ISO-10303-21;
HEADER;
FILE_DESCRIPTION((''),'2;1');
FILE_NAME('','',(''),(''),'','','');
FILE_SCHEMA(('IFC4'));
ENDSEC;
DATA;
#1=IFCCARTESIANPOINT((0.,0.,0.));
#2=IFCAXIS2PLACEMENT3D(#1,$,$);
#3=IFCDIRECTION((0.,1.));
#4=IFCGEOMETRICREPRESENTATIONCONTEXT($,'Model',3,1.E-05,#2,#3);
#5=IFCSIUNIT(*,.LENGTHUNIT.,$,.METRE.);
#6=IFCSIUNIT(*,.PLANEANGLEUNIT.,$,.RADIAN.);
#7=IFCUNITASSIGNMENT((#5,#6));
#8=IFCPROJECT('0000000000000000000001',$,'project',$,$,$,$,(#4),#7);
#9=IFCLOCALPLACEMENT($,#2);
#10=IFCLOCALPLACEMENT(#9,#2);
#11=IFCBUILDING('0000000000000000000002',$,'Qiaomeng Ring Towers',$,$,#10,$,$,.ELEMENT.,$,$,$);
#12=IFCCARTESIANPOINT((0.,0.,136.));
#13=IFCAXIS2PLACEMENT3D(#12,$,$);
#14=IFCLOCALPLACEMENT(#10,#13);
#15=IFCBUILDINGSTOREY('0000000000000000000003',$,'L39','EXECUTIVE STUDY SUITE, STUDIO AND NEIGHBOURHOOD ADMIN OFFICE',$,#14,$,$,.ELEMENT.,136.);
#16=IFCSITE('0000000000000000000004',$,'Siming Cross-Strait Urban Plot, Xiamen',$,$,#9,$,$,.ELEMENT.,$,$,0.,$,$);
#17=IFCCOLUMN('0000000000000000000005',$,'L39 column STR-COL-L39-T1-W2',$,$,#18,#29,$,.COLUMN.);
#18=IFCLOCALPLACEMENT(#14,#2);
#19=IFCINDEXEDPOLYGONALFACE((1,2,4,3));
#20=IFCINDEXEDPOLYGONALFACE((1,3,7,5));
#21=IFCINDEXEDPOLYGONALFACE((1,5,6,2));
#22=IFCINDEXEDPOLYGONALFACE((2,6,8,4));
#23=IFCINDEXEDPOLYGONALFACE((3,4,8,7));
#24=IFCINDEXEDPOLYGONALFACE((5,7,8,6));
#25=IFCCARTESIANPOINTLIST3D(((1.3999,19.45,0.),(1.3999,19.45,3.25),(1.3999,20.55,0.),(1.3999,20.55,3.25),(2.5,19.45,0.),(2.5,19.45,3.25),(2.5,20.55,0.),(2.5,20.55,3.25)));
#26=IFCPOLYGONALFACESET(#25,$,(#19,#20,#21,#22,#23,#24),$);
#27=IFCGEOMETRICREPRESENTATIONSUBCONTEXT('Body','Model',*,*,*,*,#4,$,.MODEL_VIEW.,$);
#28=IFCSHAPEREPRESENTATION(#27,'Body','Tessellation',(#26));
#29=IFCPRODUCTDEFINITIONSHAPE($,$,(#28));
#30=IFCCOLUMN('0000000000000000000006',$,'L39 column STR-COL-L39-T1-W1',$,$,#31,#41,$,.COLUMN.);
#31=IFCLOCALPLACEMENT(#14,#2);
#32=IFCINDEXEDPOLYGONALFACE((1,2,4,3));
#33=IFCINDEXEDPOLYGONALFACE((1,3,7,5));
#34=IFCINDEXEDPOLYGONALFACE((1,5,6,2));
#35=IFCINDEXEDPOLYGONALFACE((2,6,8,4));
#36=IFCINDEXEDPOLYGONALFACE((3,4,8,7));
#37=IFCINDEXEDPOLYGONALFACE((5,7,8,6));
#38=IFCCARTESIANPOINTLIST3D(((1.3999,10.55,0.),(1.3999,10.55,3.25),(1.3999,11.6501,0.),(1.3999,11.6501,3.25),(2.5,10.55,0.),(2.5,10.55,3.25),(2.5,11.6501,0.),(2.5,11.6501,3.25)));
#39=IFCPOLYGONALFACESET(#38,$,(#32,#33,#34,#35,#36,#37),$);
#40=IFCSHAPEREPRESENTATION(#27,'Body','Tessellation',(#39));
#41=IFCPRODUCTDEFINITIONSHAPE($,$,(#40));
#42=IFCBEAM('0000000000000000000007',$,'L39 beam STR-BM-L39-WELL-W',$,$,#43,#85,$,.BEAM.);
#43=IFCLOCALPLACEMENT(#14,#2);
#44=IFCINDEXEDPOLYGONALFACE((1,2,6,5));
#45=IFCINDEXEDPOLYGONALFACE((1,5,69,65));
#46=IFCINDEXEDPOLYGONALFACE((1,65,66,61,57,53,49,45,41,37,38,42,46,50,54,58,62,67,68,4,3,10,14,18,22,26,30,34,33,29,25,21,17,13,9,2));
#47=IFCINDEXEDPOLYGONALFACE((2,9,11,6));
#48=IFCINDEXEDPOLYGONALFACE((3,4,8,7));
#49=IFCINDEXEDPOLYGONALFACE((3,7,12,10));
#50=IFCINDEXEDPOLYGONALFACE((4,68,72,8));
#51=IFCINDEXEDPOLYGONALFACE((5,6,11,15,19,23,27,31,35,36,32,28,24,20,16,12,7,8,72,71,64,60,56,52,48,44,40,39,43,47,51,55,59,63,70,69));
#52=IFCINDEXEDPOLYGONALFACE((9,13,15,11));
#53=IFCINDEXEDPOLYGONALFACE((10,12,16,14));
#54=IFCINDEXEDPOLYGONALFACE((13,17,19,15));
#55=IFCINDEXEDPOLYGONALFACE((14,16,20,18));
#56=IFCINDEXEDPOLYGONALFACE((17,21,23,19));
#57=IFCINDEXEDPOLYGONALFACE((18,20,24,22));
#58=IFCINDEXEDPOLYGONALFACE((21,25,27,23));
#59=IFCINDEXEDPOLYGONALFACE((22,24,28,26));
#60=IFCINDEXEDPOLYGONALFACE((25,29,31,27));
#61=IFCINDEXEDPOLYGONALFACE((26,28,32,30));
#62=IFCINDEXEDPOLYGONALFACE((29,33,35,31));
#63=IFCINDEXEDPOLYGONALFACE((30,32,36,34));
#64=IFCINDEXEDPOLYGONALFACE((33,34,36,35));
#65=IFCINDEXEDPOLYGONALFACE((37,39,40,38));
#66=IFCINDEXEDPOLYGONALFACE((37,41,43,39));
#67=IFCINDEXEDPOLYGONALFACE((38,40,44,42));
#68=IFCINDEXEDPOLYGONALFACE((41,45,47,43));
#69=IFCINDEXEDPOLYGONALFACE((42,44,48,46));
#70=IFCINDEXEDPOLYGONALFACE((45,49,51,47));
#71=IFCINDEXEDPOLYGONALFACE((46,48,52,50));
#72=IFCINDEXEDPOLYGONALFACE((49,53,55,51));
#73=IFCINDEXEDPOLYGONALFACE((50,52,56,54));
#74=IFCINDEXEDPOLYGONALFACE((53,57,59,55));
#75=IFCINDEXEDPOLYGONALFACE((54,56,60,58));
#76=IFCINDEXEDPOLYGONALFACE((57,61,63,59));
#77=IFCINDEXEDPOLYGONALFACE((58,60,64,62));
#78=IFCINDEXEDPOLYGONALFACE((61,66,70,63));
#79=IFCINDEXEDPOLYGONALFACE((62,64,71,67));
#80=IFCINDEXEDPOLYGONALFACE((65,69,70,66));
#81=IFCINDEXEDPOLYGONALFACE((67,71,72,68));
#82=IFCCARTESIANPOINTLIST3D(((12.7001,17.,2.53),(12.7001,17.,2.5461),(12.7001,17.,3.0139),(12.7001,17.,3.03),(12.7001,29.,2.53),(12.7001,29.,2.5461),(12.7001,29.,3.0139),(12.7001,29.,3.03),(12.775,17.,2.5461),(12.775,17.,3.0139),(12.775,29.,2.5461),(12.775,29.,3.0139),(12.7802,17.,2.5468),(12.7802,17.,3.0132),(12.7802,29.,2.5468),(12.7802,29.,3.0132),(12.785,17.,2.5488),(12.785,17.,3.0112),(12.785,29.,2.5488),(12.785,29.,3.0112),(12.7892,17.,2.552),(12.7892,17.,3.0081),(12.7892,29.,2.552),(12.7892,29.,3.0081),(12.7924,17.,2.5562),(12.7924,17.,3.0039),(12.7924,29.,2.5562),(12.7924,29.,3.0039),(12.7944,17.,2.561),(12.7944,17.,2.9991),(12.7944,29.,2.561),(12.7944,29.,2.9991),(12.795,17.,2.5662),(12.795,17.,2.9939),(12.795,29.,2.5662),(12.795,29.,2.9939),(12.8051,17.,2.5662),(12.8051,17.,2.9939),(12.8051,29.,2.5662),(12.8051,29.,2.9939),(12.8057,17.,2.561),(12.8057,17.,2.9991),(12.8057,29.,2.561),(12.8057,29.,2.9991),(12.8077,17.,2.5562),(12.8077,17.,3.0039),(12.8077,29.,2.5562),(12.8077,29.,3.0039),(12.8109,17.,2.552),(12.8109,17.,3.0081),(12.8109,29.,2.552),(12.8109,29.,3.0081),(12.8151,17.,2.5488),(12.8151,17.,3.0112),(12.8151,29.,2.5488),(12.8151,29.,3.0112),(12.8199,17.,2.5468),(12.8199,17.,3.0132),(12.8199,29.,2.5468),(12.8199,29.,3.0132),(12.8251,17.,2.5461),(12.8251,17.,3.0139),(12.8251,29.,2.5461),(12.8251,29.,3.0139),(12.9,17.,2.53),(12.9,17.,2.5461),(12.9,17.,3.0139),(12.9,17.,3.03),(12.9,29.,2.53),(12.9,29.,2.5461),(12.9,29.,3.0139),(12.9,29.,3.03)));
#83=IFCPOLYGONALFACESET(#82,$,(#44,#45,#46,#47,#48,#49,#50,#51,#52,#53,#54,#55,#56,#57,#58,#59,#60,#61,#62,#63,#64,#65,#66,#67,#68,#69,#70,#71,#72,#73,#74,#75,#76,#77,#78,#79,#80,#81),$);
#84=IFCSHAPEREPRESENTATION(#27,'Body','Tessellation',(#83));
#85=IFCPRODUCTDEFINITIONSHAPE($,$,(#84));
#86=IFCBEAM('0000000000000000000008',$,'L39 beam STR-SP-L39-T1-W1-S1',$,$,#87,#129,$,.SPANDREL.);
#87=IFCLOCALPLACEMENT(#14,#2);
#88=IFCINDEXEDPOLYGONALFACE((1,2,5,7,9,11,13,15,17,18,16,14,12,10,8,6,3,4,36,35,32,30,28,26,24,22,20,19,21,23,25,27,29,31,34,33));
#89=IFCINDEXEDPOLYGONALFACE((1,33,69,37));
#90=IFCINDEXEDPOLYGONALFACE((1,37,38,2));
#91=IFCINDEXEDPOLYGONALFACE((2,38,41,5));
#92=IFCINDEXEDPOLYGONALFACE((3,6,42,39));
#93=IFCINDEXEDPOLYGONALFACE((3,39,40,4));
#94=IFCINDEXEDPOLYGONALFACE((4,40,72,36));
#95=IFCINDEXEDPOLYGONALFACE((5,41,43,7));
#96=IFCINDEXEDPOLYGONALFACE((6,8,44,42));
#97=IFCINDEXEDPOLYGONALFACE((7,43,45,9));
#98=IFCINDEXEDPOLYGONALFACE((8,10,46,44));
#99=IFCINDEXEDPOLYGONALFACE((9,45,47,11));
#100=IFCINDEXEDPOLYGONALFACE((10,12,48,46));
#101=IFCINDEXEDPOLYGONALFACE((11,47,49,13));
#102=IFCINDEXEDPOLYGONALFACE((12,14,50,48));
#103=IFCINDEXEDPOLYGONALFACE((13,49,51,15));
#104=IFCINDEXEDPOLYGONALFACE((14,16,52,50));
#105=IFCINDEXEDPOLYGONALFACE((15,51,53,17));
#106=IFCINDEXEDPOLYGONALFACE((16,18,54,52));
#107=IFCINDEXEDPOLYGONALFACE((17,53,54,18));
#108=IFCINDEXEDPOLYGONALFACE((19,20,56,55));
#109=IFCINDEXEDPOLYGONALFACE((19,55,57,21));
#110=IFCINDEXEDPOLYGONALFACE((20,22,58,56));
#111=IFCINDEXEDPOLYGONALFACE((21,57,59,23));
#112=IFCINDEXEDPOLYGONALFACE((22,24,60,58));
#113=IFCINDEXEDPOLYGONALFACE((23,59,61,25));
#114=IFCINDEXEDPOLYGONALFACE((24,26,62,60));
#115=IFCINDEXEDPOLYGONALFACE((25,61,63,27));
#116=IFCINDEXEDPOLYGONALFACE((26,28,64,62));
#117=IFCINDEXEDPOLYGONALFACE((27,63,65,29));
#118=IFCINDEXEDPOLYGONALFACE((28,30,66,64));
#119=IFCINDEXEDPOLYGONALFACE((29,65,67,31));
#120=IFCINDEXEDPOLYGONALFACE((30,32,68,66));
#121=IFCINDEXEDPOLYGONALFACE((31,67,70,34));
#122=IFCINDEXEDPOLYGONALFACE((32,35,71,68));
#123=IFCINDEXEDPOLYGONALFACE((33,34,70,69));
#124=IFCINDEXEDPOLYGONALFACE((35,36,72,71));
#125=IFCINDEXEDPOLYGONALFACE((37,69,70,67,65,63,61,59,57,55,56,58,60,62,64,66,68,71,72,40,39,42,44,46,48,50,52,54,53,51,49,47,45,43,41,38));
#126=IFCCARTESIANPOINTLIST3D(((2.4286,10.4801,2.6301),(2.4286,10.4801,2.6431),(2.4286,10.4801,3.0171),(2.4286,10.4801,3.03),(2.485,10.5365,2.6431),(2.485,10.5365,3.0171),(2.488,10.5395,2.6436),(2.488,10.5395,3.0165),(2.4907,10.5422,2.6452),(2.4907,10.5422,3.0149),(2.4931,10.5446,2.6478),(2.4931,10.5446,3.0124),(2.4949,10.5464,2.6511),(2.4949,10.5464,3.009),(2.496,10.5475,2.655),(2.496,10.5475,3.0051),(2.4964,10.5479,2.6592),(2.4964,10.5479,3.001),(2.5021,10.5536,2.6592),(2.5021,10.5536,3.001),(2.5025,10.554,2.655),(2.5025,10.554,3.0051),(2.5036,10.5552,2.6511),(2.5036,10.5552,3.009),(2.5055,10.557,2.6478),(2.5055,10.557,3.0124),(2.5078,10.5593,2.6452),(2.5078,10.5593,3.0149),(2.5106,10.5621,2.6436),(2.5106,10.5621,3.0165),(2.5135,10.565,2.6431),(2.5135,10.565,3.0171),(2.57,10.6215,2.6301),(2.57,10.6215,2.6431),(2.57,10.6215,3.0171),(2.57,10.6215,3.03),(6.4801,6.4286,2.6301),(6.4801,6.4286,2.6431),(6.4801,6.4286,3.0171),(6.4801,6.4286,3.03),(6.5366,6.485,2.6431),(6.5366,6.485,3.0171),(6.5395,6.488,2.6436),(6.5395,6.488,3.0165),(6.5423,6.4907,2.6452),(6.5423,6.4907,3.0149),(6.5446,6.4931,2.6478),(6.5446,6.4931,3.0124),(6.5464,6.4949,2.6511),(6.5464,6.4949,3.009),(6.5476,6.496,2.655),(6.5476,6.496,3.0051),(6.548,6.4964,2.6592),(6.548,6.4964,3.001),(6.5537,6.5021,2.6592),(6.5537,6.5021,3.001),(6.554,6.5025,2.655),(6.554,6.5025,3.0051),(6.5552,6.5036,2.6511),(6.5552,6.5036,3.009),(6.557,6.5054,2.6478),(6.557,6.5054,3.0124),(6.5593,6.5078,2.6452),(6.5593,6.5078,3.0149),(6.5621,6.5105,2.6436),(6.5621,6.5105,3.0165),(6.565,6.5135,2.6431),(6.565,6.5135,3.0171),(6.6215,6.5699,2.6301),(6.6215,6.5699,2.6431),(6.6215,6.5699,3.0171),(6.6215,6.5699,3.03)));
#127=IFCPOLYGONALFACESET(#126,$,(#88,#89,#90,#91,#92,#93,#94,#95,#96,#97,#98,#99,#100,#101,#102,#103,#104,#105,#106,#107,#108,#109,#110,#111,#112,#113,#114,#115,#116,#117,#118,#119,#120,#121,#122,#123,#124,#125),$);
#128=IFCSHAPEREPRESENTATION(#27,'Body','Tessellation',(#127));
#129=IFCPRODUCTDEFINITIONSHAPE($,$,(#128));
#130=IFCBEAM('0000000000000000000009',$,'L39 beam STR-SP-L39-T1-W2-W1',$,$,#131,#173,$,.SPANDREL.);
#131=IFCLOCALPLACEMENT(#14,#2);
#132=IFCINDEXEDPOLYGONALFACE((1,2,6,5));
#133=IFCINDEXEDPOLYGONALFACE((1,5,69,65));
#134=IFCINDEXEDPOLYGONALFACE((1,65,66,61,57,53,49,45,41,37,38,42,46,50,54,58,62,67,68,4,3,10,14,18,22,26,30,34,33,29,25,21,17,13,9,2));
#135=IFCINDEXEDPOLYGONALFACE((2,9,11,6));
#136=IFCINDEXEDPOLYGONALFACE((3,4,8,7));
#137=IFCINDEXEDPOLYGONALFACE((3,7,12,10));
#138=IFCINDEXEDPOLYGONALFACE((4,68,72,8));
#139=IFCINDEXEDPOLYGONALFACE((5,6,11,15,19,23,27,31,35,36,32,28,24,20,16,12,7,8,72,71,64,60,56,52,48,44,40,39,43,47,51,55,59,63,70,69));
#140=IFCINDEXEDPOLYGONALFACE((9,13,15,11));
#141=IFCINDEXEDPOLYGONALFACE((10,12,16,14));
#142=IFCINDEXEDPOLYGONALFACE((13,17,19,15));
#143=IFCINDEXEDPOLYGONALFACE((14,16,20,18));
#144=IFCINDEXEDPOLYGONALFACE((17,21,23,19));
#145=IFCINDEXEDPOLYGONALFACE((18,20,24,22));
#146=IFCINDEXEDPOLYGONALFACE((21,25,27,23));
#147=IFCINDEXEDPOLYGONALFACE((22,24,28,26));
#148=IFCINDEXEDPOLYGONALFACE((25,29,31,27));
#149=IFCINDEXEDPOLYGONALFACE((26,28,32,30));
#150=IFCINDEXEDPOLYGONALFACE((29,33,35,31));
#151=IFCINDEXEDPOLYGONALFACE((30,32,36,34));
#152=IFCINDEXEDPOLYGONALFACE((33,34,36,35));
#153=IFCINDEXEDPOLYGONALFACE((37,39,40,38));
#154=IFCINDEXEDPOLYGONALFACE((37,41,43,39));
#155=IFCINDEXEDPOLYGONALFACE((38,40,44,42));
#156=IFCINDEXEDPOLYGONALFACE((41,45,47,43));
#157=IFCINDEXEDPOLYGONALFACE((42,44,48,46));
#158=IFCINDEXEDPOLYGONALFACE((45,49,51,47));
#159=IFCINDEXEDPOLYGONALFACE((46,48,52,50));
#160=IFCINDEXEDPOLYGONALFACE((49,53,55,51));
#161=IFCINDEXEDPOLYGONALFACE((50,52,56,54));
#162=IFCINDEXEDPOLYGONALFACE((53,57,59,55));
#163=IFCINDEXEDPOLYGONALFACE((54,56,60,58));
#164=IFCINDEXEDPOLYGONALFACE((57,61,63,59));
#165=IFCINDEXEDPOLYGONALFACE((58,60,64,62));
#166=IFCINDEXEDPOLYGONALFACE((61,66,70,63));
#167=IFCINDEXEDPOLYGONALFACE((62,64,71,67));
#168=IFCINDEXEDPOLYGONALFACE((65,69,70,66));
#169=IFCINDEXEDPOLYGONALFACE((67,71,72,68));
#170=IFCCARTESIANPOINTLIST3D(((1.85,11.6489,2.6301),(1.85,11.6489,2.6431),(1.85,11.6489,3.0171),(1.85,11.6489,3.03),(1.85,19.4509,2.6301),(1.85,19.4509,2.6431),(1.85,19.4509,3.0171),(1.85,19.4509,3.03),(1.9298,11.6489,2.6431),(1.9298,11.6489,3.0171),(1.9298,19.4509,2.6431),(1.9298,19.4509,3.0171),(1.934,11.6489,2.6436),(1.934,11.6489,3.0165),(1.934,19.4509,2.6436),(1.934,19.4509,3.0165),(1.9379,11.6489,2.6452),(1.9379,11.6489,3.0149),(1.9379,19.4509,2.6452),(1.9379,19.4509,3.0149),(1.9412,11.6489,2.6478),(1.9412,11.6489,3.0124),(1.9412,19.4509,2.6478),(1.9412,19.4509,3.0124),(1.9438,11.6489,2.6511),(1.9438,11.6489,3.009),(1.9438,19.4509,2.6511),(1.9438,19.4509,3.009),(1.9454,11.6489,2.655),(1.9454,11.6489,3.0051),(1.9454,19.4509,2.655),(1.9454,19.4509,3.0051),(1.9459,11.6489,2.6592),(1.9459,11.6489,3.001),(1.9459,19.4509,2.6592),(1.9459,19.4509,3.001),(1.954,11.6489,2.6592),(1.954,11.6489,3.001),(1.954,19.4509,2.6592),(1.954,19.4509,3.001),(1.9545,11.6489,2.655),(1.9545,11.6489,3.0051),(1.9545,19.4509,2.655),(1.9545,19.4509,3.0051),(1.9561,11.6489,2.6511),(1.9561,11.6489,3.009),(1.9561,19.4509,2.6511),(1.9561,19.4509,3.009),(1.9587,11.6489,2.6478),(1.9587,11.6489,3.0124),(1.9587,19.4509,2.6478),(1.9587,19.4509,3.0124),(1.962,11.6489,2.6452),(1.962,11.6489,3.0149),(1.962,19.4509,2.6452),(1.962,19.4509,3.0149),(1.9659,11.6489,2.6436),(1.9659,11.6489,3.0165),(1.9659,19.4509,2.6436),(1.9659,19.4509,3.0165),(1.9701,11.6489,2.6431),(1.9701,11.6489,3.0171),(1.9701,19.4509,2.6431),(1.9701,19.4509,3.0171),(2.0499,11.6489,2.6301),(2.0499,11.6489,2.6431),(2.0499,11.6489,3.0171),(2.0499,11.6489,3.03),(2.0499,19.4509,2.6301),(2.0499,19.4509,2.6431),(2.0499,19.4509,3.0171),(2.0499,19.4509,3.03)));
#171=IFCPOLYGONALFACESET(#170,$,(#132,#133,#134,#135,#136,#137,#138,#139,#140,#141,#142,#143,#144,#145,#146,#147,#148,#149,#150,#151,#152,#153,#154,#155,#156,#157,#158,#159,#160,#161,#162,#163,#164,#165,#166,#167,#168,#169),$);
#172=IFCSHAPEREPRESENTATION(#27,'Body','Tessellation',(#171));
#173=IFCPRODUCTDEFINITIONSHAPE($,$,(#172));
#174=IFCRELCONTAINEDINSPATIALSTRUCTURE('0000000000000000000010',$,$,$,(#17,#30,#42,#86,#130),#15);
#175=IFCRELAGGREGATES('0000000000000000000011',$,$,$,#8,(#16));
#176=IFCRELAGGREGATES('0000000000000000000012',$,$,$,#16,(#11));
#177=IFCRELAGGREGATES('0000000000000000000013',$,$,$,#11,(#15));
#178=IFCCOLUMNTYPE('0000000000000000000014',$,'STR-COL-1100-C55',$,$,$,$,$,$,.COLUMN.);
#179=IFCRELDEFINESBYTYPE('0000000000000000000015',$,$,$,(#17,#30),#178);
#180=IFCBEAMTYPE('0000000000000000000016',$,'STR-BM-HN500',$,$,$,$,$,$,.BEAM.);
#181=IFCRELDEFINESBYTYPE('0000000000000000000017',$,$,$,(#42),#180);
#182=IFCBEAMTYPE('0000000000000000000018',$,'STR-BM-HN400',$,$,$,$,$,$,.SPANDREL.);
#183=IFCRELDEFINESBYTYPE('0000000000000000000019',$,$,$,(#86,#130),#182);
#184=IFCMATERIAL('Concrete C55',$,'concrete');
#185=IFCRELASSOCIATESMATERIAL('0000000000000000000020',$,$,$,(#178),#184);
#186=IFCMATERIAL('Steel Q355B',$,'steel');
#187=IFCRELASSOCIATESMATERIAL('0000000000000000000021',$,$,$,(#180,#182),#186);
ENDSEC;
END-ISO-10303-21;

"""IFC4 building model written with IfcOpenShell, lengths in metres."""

from ifc_helpers import new_model, si_unit, direction, frame, origin, origin_2d, place, context, subcontext, project, spatial, rectangle, i_section, extrude, source, transform, mapped, material, material_profile, profile_set, type_object, element, save


model = new_model("IFC4")

# Units and contexts
model_context = context("Model", 3, precision=1e-05, world=origin(), true_north=direction((0.0, 1.0)))
body_context = subcontext(model_context, "Body", "Model", "MODEL_VIEW")
ifc_project = project(units=[si_unit("LENGTHUNIT", "METRE"), si_unit("PLANEANGLEUNIT", "RADIAN")], contexts=[model_context])

# Site, building, storey
site_placement = place(None, origin())
site = spatial("IfcSite", under=ifc_project, at=site_placement, Name="Siming Cross-Strait Urban Plot, Xiamen", CompositionType="ELEMENT", RefElevation=0.0)
building_placement = place(site_placement, origin())
building = spatial("IfcBuilding", under=site, at=building_placement, Name="Qiaomeng Ring Towers", CompositionType="ELEMENT")
storey_placement = place(building_placement, frame((0.0, 0.0, 136.0)))
storey = spatial("IfcBuildingStorey", under=building, at=storey_placement, Name="L39", Description="EXECUTIVE STUDY SUITE, STUDIO AND NEIGHBOURHOOD ADMIN OFFICE", CompositionType="ELEMENT", Elevation=136.0)

# Columns
ifc_material_1 = material(Name="Concrete C55", Category="concrete")
ifc_material_profile_1 = material_profile(ifc_material_1, rectangle(XDim=1.1001, YDim=1.1001, at=origin_2d()), Name="RC COL 1100x1100")
ifc_profile_set_1 = profile_set([ifc_material_profile_1], Name="Concrete C55")
column_type = type_object("IfcColumnType", Name="STR-COL-1100-C55", PredefinedType="COLUMN", material=ifc_profile_set_1)
shared_shape_1 = source(origin(), body_context, "Body", "SweptSolid", [
    extrude(rectangle(XDim=1.1001, YDim=1.1001, at=origin_2d()), origin(), (0.0, 0.0, 1.0), 3.25),
])
for number, where, z_axis, x_axis, name in (
    (1, (1.95, 20.0, 0.0), (0.0, 0.0, 1.0), (1.0, 0.0, 0.0), "L39 column STR-COL-L39-T1-W2"),
    (2, (1.95, 11.1001, 0.0), (0.0, 0.0, 1.0), (1.0, 0.0, 0.0), "L39 column STR-COL-L39-T1-W1"),
):
    element("IfcColumn", number, at=place(storey_placement, frame(where, z_axis=z_axis, x_axis=x_axis)), inside=storey, type_object=column_type, Name=name, PredefinedType="COLUMN", context=body_context, shape_type="MappedRepresentation", body=[
        mapped(shared_shape_1, transform((0.0, 0.0, 0.0), x_axis=(1.0, 0.0, 0.0), y_axis=(0.0, 1.0, 0.0), z_axis=(0.0, 0.0, 1.0), scale=1.0)),
    ])

# Beams
ifc_material_2 = material(Name="Steel Q355B", Category="steel")
ifc_material_profile_2 = material_profile(ifc_material_2, i_section(OverallWidth=0.2, OverallDepth=0.5, WebThickness=0.01, FlangeThickness=0.0161, FilletRadius=0.02, at=origin_2d()), Name="HN 500x200x10x16")
ifc_profile_set_2 = profile_set([ifc_material_profile_2], Name="Steel Q355B")
beam_type_1 = type_object("IfcBeamType", Name="STR-BM-HN500", PredefinedType="BEAM", material=ifc_profile_set_2)
shared_shape_2 = source(origin(), body_context, "Body", "SweptSolid", [
    extrude(i_section(OverallWidth=0.2, OverallDepth=0.5, WebThickness=0.01, FlangeThickness=0.0161, FilletRadius=0.02, at=origin_2d()), origin(), (0.0, 0.0, 1.0), 12.0),
])
beam_1_placement = place(storey_placement, frame((12.8, 17.0, 2.78), z_axis=(0.0, 1.0, 0.0), x_axis=(-1.0, 0.0, 0.0)))
element("IfcBeam", 3, at=beam_1_placement, inside=storey, type_object=beam_type_1, Name="L39 beam STR-BM-L39-WELL-W", PredefinedType="BEAM", context=body_context, shape_type="MappedRepresentation", body=[
    mapped(shared_shape_2, transform((0.0, 0.0, 0.0), x_axis=(1.0, 0.0, 0.0), y_axis=(0.0, 1.0, 0.0), z_axis=(0.0, 0.0, 1.0), scale=1.0)),
])
ifc_material_profile_3 = material_profile(ifc_material_2, i_section(OverallWidth=0.2, OverallDepth=0.3999, WebThickness=0.0081, FlangeThickness=0.0129, FilletRadius=0.0161, at=origin_2d()), Name="HN 400x200x8x13")
ifc_profile_set_3 = profile_set([ifc_material_profile_3], Name="Steel Q355B")
beam_type_2 = type_object("IfcBeamType", Name="STR-BM-HN400", PredefinedType="SPANDREL", material=ifc_profile_set_3)
shared_shape_3 = source(origin(), body_context, "Body", "SweptSolid", [
    extrude(i_section(OverallWidth=0.2, OverallDepth=0.3999, WebThickness=0.0081, FlangeThickness=0.0129, FilletRadius=0.0161, at=origin_2d()), origin(), (0.0, 0.0, 1.0), 5.7297),
])
beam_2_placement = place(storey_placement, frame((2.4993, 10.5508, 2.8301), z_axis=(0.707107, -0.707107, 0.0), x_axis=(0.707107, 0.707107, 0.0)))
element("IfcBeam", 4, at=beam_2_placement, inside=storey, type_object=beam_type_2, Name="L39 beam STR-SP-L39-T1-W1-S1", PredefinedType="SPANDREL", context=body_context, shape_type="MappedRepresentation", body=[
    mapped(shared_shape_3, transform((0.0, 0.0, 0.0), x_axis=(1.0, 0.0, 0.0), y_axis=(0.0, 1.0, 0.0), z_axis=(0.0, 0.0, 1.0), scale=1.0)),
])
shared_shape_4 = source(origin(), body_context, "Body", "SweptSolid", [
    extrude(i_section(OverallWidth=0.2, OverallDepth=0.3999, WebThickness=0.0081, FlangeThickness=0.0129, FilletRadius=0.0161, at=origin_2d()), origin(), (0.0, 0.0, 1.0), 7.802),
])
beam_3_placement = place(storey_placement, frame((1.95, 19.4509, 2.8301), z_axis=(0.0, -1.0, 0.0), x_axis=(1.0, 0.0, 0.0)))
element("IfcBeam", 5, at=beam_3_placement, inside=storey, type_object=beam_type_2, Name="L39 beam STR-SP-L39-T1-W2-W1", PredefinedType="SPANDREL", context=body_context, shape_type="MappedRepresentation", body=[
    mapped(shared_shape_4, transform((0.0, 0.0, 0.0), x_axis=(1.0, 0.0, 0.0), y_axis=(0.0, 1.0, 0.0), z_axis=(0.0, 0.0, 1.0), scale=1.0)),
])

save(model, "model.ifc")
